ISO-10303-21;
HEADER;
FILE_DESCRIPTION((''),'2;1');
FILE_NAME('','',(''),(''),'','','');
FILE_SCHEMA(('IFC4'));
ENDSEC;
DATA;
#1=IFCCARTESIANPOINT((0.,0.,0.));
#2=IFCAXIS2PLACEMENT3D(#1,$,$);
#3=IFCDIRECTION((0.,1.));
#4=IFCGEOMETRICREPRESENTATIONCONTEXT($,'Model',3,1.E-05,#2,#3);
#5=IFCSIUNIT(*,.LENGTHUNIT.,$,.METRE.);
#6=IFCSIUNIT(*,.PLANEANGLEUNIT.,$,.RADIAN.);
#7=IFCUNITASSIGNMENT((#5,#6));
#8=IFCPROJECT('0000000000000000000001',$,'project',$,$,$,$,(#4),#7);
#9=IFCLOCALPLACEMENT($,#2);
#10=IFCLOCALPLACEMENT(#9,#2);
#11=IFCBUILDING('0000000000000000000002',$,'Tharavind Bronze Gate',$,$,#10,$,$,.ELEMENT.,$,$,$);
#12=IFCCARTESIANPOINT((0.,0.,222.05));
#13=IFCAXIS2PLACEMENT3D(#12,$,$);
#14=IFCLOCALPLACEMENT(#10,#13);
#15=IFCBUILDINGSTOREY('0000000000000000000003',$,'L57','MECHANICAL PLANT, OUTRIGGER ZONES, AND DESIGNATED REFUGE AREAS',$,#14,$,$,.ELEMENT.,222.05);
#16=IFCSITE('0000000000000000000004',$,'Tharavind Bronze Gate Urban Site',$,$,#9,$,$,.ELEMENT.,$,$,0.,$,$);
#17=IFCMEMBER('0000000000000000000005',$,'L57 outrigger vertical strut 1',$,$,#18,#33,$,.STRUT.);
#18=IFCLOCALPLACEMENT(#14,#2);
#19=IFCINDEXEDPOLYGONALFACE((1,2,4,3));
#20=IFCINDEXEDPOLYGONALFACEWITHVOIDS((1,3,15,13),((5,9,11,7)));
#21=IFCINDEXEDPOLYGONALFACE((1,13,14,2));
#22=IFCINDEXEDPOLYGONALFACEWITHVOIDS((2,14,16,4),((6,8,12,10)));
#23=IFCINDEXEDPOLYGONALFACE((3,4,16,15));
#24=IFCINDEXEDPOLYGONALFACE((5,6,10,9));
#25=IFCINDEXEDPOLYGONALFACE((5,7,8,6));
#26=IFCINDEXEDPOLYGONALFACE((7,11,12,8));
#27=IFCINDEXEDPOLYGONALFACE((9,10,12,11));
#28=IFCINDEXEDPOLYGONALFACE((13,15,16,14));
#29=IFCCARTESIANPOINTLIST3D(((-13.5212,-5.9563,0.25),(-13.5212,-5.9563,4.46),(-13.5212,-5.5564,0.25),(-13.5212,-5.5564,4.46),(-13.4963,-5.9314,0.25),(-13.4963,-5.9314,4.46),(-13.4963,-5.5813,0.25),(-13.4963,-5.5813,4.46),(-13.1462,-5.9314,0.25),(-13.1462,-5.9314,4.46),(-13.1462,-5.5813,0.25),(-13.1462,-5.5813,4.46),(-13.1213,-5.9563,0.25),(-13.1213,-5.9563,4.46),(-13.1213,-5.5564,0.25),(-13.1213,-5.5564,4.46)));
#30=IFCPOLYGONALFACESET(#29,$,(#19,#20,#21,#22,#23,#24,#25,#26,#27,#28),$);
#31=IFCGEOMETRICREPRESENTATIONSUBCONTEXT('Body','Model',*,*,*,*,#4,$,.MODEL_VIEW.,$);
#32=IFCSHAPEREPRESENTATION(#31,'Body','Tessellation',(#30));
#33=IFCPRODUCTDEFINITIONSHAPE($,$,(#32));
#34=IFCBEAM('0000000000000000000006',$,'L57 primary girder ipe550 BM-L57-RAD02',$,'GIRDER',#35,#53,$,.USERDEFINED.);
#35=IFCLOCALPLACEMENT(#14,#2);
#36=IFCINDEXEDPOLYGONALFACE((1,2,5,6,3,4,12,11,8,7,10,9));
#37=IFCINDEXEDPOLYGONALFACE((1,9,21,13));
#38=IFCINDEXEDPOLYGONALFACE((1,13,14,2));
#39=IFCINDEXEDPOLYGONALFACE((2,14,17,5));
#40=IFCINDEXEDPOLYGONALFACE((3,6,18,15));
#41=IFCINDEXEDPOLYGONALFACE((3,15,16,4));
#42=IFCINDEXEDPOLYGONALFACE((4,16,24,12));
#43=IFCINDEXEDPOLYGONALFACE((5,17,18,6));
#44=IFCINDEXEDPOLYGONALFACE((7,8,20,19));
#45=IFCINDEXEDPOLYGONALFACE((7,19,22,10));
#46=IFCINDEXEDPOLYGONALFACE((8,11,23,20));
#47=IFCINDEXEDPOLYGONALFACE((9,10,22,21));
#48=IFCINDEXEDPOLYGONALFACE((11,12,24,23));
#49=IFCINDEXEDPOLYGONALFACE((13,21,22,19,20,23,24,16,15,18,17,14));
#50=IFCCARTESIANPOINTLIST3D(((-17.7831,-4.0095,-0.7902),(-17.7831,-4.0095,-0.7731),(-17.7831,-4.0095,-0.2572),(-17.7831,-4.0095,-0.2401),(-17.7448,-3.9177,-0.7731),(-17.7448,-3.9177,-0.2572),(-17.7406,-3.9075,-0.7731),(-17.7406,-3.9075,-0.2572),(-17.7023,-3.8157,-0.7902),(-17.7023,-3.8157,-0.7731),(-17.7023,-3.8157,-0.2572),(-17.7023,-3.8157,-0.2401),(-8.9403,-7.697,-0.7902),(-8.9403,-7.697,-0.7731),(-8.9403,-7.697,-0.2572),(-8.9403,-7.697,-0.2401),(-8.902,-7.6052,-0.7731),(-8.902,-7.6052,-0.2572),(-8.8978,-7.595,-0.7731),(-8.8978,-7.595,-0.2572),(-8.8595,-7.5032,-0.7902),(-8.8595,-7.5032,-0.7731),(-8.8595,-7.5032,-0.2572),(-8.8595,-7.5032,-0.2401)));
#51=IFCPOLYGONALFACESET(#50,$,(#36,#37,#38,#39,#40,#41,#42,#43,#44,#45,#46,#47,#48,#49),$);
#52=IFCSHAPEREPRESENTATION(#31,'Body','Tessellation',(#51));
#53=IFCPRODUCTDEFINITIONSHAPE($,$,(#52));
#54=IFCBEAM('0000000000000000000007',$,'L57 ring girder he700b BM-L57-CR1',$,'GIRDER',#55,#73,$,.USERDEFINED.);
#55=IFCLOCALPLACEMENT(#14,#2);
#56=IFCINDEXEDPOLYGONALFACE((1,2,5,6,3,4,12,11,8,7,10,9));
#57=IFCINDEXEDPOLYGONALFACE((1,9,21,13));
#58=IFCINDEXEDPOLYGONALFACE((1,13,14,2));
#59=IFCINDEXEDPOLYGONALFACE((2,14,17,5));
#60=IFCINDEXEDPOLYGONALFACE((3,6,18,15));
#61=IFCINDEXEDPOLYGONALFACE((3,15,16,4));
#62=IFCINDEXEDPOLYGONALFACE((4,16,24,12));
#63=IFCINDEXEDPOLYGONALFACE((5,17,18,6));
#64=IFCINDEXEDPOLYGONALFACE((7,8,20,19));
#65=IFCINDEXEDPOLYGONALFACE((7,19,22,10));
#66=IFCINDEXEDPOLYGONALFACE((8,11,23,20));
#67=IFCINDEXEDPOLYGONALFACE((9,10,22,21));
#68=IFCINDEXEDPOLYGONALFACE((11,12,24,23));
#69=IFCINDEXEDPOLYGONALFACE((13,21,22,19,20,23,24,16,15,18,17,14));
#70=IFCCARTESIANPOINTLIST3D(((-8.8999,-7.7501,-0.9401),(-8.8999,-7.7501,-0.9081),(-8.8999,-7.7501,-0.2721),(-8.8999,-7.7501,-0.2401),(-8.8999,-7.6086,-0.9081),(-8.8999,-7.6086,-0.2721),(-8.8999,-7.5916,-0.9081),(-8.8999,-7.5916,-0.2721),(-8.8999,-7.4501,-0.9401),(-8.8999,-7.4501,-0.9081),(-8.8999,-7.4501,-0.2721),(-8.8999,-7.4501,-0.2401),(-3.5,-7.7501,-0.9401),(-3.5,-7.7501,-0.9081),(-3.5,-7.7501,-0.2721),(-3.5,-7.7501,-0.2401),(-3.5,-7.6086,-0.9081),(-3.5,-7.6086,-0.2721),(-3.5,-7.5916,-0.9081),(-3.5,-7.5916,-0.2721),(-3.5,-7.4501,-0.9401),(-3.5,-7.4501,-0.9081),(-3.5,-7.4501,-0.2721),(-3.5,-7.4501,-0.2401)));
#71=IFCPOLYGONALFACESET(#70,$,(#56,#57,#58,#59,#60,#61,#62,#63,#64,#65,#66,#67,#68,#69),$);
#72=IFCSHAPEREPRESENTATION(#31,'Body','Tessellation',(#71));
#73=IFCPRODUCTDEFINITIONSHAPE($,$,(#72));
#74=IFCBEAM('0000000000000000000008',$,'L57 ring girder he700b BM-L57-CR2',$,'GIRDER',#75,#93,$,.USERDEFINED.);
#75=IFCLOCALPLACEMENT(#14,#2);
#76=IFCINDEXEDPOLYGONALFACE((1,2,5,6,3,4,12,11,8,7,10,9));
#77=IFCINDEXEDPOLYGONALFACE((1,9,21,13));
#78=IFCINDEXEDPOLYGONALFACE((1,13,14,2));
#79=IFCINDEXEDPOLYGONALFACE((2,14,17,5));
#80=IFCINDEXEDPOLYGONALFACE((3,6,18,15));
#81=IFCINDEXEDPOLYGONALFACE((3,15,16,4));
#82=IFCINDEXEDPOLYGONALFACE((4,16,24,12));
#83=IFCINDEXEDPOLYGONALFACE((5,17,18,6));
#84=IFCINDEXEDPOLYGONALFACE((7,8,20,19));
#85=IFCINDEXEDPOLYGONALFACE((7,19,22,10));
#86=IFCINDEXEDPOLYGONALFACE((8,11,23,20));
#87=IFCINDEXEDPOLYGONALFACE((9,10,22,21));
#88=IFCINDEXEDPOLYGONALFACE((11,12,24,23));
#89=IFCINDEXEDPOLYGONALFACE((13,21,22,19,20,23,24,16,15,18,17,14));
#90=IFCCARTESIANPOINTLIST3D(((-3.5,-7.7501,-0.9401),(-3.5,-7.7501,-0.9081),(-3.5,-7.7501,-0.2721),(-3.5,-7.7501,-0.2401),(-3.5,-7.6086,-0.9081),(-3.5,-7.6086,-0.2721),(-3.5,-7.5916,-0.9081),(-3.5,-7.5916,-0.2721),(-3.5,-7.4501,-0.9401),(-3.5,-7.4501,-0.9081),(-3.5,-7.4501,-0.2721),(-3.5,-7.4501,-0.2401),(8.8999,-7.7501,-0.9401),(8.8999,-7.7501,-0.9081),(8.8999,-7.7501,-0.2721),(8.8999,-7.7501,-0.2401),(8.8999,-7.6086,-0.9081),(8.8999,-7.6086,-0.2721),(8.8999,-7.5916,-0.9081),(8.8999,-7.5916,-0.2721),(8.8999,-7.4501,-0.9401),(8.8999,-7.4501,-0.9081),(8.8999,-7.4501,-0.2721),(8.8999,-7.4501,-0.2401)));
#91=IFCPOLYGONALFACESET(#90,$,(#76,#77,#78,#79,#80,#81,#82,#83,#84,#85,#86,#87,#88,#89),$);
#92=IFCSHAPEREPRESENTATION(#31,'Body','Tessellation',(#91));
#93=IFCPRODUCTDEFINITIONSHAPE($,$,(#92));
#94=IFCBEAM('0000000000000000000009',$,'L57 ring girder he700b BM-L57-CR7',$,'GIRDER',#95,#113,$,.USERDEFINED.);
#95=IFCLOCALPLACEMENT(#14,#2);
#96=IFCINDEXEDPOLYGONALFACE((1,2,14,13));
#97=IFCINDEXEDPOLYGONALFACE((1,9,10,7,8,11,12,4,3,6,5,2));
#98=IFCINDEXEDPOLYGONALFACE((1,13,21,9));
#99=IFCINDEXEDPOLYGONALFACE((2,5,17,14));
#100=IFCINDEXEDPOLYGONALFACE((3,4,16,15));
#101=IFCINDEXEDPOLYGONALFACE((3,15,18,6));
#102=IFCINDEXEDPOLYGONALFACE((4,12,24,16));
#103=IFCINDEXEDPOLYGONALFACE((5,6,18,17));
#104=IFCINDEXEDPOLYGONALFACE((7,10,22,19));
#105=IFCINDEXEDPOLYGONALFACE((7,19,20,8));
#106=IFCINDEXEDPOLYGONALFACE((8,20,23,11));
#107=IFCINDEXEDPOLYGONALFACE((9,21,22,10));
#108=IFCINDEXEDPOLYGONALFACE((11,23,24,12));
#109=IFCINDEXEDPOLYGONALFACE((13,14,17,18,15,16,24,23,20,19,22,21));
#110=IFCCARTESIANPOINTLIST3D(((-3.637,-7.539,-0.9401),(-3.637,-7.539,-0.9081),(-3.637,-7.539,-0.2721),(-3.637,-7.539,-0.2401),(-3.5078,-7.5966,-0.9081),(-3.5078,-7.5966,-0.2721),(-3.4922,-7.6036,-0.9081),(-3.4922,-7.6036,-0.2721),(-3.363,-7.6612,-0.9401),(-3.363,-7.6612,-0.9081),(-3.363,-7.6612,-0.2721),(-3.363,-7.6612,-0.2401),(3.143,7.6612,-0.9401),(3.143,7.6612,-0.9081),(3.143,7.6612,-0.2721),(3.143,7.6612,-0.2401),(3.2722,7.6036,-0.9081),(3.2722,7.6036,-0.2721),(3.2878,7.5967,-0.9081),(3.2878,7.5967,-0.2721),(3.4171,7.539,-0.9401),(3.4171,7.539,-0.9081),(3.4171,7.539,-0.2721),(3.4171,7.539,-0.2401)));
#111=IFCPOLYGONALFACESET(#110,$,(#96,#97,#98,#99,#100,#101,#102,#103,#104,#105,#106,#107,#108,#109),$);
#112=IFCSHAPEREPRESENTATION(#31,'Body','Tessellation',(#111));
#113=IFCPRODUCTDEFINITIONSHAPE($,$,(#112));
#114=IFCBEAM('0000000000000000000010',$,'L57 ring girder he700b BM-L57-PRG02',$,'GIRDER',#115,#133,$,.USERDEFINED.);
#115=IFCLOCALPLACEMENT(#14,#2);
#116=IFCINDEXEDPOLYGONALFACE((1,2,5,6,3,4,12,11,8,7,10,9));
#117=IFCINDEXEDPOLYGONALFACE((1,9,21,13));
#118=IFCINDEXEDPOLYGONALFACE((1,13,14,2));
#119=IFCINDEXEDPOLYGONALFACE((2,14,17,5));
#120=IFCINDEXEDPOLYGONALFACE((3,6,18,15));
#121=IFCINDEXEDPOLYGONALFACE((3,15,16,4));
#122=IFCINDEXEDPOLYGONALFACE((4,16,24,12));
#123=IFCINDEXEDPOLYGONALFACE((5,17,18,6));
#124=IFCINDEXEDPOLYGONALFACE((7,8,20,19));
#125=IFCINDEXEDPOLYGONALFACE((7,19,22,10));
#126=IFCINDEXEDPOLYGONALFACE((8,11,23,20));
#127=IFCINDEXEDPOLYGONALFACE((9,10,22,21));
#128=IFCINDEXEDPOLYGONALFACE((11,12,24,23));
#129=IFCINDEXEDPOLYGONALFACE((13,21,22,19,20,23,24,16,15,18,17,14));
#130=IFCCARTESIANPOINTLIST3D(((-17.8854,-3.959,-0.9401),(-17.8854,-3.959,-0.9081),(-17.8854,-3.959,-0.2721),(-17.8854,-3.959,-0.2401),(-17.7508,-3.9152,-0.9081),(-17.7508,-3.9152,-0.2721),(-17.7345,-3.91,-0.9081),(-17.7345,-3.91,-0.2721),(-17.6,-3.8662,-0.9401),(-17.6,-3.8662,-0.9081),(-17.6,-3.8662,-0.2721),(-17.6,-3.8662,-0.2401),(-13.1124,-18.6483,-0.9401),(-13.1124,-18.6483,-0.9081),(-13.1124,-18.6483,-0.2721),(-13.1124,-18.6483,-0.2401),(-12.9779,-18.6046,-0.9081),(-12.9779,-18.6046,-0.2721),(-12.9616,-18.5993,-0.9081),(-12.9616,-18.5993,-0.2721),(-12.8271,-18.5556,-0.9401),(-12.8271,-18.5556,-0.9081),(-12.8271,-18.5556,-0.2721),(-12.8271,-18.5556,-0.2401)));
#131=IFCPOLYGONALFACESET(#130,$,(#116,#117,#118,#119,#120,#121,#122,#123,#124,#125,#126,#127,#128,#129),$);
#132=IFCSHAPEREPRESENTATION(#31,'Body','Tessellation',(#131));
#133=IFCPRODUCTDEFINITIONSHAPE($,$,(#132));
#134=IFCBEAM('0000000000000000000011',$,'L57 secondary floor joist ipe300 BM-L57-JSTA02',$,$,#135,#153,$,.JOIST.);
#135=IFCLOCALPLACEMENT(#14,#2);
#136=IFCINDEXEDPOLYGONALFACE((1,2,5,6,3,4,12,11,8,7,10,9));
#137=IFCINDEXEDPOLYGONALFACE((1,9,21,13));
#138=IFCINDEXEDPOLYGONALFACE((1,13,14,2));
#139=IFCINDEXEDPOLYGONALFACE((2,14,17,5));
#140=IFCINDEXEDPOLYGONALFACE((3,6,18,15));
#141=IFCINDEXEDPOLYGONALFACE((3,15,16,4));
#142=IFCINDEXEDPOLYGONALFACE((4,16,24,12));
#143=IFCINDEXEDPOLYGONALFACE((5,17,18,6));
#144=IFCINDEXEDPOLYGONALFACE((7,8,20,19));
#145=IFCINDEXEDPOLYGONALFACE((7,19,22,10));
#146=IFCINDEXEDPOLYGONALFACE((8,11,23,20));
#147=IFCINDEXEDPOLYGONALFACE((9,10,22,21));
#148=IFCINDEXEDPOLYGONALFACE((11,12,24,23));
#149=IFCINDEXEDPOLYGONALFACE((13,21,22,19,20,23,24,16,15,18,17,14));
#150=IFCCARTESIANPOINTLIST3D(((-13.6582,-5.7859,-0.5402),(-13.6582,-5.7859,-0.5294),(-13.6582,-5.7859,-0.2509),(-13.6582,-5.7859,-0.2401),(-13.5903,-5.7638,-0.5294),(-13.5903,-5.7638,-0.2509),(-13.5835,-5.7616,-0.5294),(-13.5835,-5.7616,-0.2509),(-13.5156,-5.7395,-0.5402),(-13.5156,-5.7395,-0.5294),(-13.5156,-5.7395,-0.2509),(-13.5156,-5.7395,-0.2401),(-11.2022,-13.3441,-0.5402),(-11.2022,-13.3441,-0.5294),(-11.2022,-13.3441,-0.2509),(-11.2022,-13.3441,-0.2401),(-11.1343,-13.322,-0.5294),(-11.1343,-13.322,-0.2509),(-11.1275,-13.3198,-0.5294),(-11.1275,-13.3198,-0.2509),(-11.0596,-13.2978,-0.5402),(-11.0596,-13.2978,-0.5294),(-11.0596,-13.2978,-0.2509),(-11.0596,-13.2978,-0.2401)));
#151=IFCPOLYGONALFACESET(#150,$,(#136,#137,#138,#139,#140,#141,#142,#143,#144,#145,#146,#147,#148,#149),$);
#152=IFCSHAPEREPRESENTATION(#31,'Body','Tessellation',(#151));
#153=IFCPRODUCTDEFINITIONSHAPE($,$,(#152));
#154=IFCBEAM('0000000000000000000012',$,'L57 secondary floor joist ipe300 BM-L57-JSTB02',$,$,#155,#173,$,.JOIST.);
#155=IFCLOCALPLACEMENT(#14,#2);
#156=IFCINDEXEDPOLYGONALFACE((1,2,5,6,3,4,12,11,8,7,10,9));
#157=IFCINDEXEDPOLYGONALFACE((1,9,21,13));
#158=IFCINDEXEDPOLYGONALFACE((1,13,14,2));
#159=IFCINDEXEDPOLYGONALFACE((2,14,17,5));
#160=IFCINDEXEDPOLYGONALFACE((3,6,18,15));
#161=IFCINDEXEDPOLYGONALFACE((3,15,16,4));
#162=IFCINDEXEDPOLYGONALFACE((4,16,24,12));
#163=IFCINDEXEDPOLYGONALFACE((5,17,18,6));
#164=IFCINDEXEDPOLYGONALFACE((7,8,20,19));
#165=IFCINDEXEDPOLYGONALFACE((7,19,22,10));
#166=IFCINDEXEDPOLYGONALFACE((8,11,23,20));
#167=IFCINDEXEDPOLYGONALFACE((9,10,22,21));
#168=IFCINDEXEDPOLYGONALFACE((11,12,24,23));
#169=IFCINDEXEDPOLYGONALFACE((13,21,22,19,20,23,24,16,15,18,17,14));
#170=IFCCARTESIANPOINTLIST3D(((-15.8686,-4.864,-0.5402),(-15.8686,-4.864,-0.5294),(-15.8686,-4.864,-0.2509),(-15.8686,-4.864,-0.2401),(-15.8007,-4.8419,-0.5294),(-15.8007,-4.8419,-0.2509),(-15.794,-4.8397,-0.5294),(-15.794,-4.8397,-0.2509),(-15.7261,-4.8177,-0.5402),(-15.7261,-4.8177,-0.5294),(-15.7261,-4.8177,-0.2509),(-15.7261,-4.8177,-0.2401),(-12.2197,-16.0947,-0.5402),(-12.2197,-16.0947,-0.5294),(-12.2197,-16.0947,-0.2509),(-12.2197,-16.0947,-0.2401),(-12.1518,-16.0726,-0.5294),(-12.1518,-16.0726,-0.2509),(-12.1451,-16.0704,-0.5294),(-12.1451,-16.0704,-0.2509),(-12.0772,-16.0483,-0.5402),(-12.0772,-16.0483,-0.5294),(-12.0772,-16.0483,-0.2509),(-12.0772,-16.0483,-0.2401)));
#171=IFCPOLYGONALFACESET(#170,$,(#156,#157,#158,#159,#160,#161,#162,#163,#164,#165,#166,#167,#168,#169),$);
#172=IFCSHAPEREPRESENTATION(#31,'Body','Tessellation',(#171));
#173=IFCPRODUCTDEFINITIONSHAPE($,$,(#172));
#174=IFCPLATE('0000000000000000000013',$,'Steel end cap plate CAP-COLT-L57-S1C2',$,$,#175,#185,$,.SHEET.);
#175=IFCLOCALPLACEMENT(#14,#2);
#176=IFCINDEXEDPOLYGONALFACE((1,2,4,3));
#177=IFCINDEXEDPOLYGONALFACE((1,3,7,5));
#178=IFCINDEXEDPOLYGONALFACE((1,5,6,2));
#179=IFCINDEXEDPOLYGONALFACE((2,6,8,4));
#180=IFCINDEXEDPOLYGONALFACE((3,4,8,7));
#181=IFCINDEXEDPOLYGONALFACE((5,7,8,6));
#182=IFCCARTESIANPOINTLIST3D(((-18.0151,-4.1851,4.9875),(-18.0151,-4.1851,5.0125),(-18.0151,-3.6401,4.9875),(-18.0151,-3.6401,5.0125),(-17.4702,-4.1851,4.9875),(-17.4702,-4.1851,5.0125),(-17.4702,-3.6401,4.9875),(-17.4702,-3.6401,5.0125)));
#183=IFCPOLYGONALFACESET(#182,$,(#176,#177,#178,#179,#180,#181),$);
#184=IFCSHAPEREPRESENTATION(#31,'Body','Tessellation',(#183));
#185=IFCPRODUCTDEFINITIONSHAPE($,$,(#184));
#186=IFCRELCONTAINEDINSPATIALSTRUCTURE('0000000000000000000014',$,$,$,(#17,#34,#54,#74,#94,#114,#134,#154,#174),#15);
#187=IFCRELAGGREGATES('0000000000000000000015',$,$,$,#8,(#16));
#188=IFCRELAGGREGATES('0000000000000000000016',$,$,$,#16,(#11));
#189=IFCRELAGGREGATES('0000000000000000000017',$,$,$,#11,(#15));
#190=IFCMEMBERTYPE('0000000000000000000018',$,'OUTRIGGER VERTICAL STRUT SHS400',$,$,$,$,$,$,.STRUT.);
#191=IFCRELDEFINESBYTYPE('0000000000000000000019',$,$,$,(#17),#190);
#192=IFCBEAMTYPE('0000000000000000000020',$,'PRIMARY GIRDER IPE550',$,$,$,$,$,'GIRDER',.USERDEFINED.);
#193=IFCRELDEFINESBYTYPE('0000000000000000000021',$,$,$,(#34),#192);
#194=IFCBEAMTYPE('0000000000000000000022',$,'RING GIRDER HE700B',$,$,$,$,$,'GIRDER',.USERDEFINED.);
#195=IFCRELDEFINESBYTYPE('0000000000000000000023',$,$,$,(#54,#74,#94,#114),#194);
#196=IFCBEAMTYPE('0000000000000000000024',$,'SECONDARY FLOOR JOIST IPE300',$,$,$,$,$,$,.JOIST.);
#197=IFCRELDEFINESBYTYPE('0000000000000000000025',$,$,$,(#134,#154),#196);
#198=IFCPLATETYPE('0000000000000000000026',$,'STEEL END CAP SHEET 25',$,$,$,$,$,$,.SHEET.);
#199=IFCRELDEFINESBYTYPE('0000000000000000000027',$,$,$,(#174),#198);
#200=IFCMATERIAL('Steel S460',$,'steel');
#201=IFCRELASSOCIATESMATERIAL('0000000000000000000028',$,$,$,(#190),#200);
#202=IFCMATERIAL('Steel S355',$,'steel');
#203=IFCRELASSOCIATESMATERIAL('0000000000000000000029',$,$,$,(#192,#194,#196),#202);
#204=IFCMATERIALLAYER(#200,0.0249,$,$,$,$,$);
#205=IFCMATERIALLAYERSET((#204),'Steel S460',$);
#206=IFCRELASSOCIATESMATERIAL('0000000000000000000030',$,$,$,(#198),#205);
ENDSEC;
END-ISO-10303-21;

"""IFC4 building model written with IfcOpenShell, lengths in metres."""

from ifc_helpers import new_model, si_unit, direction, frame, origin, origin_2d, place, context, subcontext, project, spatial, rectangle, hollow_rectangle, i_section, extrude, material, layer, layer_set, material_profile, profile_set, type_object, element, save


model = new_model("IFC4")

# Units and contexts
model_context = context("Model", 3, precision=1e-05, world=origin(), true_north=direction((0.0, 1.0)))
body_context = subcontext(model_context, "Body", "Model", "MODEL_VIEW")
ifc_project = project(units=[si_unit("LENGTHUNIT", "METRE"), si_unit("PLANEANGLEUNIT", "RADIAN")], contexts=[model_context])

# Site, building, storey
site_placement = place(None, origin())
site = spatial("IfcSite", under=ifc_project, at=site_placement, Name="Tharavind Bronze Gate Urban Site", CompositionType="ELEMENT", RefElevation=0.0)
building_placement = place(site_placement, origin())
building = spatial("IfcBuilding", under=site, at=building_placement, Name="Tharavind Bronze Gate", CompositionType="ELEMENT")
storey_placement = place(building_placement, frame((0.0, 0.0, 222.05)))
storey = spatial("IfcBuildingStorey", under=building, at=storey_placement, Name="L57", Description="MECHANICAL PLANT, OUTRIGGER ZONES, AND DESIGNATED REFUGE AREAS", CompositionType="ELEMENT", Elevation=222.05)

# Shared definitions
ifc_material_1 = material(Name="Steel S460", Category="steel")

# Member
ifc_material_profile_1 = material_profile(ifc_material_1, hollow_rectangle(XDim=0.3999, YDim=0.3999, WallThickness=0.0249, at=origin_2d()), Name="SHS400X25")
ifc_profile_set_1 = profile_set([ifc_material_profile_1], Name="Steel S460")
member_type_1 = type_object("IfcMemberType", Name="OUTRIGGER VERTICAL STRUT SHS400", PredefinedType="STRUT", material=ifc_profile_set_1)
member_1_placement = place(storey_placement, frame((-13.3213, -5.7563, 0.25), z_axis=(0.0, 0.0, 1.0), x_axis=(1.0, 0.0, 0.0)))
element("IfcMember", 1, at=member_1_placement, inside=storey, type_object=member_type_1, Name="L57 outrigger vertical strut 1", PredefinedType="STRUT", context=body_context, shape_type="SweptSolid", body=[
    extrude(hollow_rectangle(XDim=0.3999, YDim=0.3999, WallThickness=0.0249, at=origin_2d()), origin(), (0.0, 0.0, 1.0), 4.21),
])

# Beams
ifc_material_2 = material(Name="Steel S355", Category="steel")
ifc_material_profile_2 = material_profile(ifc_material_2, i_section(OverallWidth=0.21, OverallDepth=0.55, WebThickness=0.011, FlangeThickness=0.0171, at=origin_2d()), Name="IPE550")
ifc_profile_set_2 = profile_set([ifc_material_profile_2], Name="Steel S355")
beam_type_1 = type_object("IfcBeamType", Name="PRIMARY GIRDER IPE550", ElementType="GIRDER", PredefinedType="USERDEFINED", material=ifc_profile_set_2)
beam_1_placement = place(storey_placement, frame((-17.7427, -3.9126, -0.5151), z_axis=(0.922965, -0.384883, 0.0), x_axis=(0.384883, 0.922965, 0.0)))
element("IfcBeam", 2, at=beam_1_placement, inside=storey, type_object=beam_type_1, Name="L57 primary girder ipe550 BM-L57-RAD02", ObjectType="GIRDER", PredefinedType="USERDEFINED", context=body_context, shape_type="SweptSolid", body=[
    extrude(i_section(OverallWidth=0.21, OverallDepth=0.55, WebThickness=0.011, FlangeThickness=0.0171, at=origin_2d()), origin(), (0.0, 0.0, 1.0), 9.5808),
])
ifc_material_profile_3 = material_profile(ifc_material_2, i_section(OverallWidth=0.3, OverallDepth=0.7, WebThickness=0.0171, FlangeThickness=0.032, at=origin_2d()), Name="HE700B")
ifc_profile_set_3 = profile_set([ifc_material_profile_3], Name="Steel S355")
beam_type_2 = type_object("IfcBeamType", Name="RING GIRDER HE700B", ElementType="GIRDER", PredefinedType="USERDEFINED", material=ifc_profile_set_3)
beam_2_placement = place(storey_placement, frame((-8.8999, -7.6001, -0.5901), z_axis=(1.0, 0.0, 0.0), x_axis=(0.0, 1.0, 0.0)))
element("IfcBeam", 3, at=beam_2_placement, inside=storey, type_object=beam_type_2, Name="L57 ring girder he700b BM-L57-CR1", ObjectType="GIRDER", PredefinedType="USERDEFINED", context=body_context, shape_type="SweptSolid", body=[
    extrude(i_section(OverallWidth=0.3, OverallDepth=0.7, WebThickness=0.0171, FlangeThickness=0.032, at=origin_2d()), origin(), (0.0, 0.0, 1.0), 5.3999),
])
beam_3_placement = place(storey_placement, frame((-3.5, -7.6001, -0.5901), z_axis=(1.0, 0.0, 0.0), x_axis=(0.0, 1.0, 0.0)))
element("IfcBeam", 4, at=beam_3_placement, inside=storey, type_object=beam_type_2, Name="L57 ring girder he700b BM-L57-CR2", ObjectType="GIRDER", PredefinedType="USERDEFINED", context=body_context, shape_type="SweptSolid", body=[
    extrude(i_section(OverallWidth=0.3, OverallDepth=0.7, WebThickness=0.0171, FlangeThickness=0.032, at=origin_2d()), origin(), (0.0, 0.0, 1.0), 12.3999),
])
beam_4_placement = place(storey_placement, frame((-3.5, -7.6001, -0.5901), z_axis=(0.407362, 0.913267, 0.0), x_axis=(-0.913267, 0.407362, 0.0)))
element("IfcBeam", 5, at=beam_4_placement, inside=storey, type_object=beam_type_2, Name="L57 ring girder he700b BM-L57-CR7", ObjectType="GIRDER", PredefinedType="USERDEFINED", context=body_context, shape_type="SweptSolid", body=[
    extrude(i_section(OverallWidth=0.3, OverallDepth=0.7, WebThickness=0.0171, FlangeThickness=0.032, at=origin_2d()), origin(), (0.0, 0.0, 1.0), 16.6438),
])
beam_5_placement = place(storey_placement, frame((-17.7427, -3.9126, -0.5901), z_axis=(0.30902, -0.951055, 0.0), x_axis=(0.951055, 0.30902, 0.0)))
element("IfcBeam", 6, at=beam_5_placement, inside=storey, type_object=beam_type_2, Name="L57 ring girder he700b BM-L57-PRG02", ObjectType="GIRDER", PredefinedType="USERDEFINED", context=body_context, shape_type="SweptSolid", body=[
    extrude(i_section(OverallWidth=0.3, OverallDepth=0.7, WebThickness=0.0171, FlangeThickness=0.032, at=origin_2d()), origin(), (0.0, 0.0, 1.0), 15.4453),
])
ifc_material_profile_4 = material_profile(ifc_material_2, i_section(OverallWidth=0.1499, OverallDepth=0.3, WebThickness=0.0071, FlangeThickness=0.0107, at=origin_2d()), Name="IPE300")
ifc_profile_set_4 = profile_set([ifc_material_profile_4], Name="Steel S355")
beam_type_3 = type_object("IfcBeamType", Name="SECONDARY FLOOR JOIST IPE300", PredefinedType="JOIST", material=ifc_profile_set_4)
beam_6_placement = place(storey_placement, frame((-13.5869, -5.7627, -0.3901), z_axis=(0.30904, -0.951049, 0.0), x_axis=(0.951049, 0.30904, 0.0)))
element("IfcBeam", 7, at=beam_6_placement, inside=storey, type_object=beam_type_3, Name="L57 secondary floor joist ipe300 BM-L57-JSTA02", PredefinedType="JOIST", context=body_context, shape_type="SweptSolid", body=[
    extrude(i_section(OverallWidth=0.1499, OverallDepth=0.3, WebThickness=0.0071, FlangeThickness=0.0107, at=origin_2d()), origin(), (0.0, 0.0, 1.0), 7.9473),
])
beam_7_placement = place(storey_placement, frame((-15.7974, -4.8408, -0.3901), z_axis=(0.309005, -0.95106, 0.0), x_axis=(0.95106, 0.309005, 0.0)))
element("IfcBeam", 8, at=beam_7_placement, inside=storey, type_object=beam_type_3, Name="L57 secondary floor joist ipe300 BM-L57-JSTB02", PredefinedType="JOIST", context=body_context, shape_type="SweptSolid", body=[
    extrude(i_section(OverallWidth=0.1499, OverallDepth=0.3, WebThickness=0.0071, FlangeThickness=0.0107, at=origin_2d()), origin(), (0.0, 0.0, 1.0), 11.8086),
])

# Plate
ifc_layer_1 = layer(ifc_material_1, 0.0249)
ifc_layer_set_1 = layer_set([ifc_layer_1], Name="Steel S460")
plate_type_1 = type_object("IfcPlateType", Name="STEEL END CAP SHEET 25", PredefinedType="SHEET", material=ifc_layer_set_1)
plate_1_placement = place(storey_placement, frame((-17.7427, -3.9126, 4.9875), z_axis=(0.0, 0.0, 1.0), x_axis=(1.0, 0.0, 0.0)))
element("IfcPlate", 9, at=plate_1_placement, inside=storey, type_object=plate_type_1, Name="Steel end cap plate CAP-COLT-L57-S1C2", PredefinedType="SHEET", context=body_context, shape_type="SweptSolid", body=[
    extrude(rectangle(XDim=0.5449, YDim=0.5449, at=origin_2d()), origin(), (0.0, 0.0, 1.0), 0.0249),
])

save(model, "model.ifc")
